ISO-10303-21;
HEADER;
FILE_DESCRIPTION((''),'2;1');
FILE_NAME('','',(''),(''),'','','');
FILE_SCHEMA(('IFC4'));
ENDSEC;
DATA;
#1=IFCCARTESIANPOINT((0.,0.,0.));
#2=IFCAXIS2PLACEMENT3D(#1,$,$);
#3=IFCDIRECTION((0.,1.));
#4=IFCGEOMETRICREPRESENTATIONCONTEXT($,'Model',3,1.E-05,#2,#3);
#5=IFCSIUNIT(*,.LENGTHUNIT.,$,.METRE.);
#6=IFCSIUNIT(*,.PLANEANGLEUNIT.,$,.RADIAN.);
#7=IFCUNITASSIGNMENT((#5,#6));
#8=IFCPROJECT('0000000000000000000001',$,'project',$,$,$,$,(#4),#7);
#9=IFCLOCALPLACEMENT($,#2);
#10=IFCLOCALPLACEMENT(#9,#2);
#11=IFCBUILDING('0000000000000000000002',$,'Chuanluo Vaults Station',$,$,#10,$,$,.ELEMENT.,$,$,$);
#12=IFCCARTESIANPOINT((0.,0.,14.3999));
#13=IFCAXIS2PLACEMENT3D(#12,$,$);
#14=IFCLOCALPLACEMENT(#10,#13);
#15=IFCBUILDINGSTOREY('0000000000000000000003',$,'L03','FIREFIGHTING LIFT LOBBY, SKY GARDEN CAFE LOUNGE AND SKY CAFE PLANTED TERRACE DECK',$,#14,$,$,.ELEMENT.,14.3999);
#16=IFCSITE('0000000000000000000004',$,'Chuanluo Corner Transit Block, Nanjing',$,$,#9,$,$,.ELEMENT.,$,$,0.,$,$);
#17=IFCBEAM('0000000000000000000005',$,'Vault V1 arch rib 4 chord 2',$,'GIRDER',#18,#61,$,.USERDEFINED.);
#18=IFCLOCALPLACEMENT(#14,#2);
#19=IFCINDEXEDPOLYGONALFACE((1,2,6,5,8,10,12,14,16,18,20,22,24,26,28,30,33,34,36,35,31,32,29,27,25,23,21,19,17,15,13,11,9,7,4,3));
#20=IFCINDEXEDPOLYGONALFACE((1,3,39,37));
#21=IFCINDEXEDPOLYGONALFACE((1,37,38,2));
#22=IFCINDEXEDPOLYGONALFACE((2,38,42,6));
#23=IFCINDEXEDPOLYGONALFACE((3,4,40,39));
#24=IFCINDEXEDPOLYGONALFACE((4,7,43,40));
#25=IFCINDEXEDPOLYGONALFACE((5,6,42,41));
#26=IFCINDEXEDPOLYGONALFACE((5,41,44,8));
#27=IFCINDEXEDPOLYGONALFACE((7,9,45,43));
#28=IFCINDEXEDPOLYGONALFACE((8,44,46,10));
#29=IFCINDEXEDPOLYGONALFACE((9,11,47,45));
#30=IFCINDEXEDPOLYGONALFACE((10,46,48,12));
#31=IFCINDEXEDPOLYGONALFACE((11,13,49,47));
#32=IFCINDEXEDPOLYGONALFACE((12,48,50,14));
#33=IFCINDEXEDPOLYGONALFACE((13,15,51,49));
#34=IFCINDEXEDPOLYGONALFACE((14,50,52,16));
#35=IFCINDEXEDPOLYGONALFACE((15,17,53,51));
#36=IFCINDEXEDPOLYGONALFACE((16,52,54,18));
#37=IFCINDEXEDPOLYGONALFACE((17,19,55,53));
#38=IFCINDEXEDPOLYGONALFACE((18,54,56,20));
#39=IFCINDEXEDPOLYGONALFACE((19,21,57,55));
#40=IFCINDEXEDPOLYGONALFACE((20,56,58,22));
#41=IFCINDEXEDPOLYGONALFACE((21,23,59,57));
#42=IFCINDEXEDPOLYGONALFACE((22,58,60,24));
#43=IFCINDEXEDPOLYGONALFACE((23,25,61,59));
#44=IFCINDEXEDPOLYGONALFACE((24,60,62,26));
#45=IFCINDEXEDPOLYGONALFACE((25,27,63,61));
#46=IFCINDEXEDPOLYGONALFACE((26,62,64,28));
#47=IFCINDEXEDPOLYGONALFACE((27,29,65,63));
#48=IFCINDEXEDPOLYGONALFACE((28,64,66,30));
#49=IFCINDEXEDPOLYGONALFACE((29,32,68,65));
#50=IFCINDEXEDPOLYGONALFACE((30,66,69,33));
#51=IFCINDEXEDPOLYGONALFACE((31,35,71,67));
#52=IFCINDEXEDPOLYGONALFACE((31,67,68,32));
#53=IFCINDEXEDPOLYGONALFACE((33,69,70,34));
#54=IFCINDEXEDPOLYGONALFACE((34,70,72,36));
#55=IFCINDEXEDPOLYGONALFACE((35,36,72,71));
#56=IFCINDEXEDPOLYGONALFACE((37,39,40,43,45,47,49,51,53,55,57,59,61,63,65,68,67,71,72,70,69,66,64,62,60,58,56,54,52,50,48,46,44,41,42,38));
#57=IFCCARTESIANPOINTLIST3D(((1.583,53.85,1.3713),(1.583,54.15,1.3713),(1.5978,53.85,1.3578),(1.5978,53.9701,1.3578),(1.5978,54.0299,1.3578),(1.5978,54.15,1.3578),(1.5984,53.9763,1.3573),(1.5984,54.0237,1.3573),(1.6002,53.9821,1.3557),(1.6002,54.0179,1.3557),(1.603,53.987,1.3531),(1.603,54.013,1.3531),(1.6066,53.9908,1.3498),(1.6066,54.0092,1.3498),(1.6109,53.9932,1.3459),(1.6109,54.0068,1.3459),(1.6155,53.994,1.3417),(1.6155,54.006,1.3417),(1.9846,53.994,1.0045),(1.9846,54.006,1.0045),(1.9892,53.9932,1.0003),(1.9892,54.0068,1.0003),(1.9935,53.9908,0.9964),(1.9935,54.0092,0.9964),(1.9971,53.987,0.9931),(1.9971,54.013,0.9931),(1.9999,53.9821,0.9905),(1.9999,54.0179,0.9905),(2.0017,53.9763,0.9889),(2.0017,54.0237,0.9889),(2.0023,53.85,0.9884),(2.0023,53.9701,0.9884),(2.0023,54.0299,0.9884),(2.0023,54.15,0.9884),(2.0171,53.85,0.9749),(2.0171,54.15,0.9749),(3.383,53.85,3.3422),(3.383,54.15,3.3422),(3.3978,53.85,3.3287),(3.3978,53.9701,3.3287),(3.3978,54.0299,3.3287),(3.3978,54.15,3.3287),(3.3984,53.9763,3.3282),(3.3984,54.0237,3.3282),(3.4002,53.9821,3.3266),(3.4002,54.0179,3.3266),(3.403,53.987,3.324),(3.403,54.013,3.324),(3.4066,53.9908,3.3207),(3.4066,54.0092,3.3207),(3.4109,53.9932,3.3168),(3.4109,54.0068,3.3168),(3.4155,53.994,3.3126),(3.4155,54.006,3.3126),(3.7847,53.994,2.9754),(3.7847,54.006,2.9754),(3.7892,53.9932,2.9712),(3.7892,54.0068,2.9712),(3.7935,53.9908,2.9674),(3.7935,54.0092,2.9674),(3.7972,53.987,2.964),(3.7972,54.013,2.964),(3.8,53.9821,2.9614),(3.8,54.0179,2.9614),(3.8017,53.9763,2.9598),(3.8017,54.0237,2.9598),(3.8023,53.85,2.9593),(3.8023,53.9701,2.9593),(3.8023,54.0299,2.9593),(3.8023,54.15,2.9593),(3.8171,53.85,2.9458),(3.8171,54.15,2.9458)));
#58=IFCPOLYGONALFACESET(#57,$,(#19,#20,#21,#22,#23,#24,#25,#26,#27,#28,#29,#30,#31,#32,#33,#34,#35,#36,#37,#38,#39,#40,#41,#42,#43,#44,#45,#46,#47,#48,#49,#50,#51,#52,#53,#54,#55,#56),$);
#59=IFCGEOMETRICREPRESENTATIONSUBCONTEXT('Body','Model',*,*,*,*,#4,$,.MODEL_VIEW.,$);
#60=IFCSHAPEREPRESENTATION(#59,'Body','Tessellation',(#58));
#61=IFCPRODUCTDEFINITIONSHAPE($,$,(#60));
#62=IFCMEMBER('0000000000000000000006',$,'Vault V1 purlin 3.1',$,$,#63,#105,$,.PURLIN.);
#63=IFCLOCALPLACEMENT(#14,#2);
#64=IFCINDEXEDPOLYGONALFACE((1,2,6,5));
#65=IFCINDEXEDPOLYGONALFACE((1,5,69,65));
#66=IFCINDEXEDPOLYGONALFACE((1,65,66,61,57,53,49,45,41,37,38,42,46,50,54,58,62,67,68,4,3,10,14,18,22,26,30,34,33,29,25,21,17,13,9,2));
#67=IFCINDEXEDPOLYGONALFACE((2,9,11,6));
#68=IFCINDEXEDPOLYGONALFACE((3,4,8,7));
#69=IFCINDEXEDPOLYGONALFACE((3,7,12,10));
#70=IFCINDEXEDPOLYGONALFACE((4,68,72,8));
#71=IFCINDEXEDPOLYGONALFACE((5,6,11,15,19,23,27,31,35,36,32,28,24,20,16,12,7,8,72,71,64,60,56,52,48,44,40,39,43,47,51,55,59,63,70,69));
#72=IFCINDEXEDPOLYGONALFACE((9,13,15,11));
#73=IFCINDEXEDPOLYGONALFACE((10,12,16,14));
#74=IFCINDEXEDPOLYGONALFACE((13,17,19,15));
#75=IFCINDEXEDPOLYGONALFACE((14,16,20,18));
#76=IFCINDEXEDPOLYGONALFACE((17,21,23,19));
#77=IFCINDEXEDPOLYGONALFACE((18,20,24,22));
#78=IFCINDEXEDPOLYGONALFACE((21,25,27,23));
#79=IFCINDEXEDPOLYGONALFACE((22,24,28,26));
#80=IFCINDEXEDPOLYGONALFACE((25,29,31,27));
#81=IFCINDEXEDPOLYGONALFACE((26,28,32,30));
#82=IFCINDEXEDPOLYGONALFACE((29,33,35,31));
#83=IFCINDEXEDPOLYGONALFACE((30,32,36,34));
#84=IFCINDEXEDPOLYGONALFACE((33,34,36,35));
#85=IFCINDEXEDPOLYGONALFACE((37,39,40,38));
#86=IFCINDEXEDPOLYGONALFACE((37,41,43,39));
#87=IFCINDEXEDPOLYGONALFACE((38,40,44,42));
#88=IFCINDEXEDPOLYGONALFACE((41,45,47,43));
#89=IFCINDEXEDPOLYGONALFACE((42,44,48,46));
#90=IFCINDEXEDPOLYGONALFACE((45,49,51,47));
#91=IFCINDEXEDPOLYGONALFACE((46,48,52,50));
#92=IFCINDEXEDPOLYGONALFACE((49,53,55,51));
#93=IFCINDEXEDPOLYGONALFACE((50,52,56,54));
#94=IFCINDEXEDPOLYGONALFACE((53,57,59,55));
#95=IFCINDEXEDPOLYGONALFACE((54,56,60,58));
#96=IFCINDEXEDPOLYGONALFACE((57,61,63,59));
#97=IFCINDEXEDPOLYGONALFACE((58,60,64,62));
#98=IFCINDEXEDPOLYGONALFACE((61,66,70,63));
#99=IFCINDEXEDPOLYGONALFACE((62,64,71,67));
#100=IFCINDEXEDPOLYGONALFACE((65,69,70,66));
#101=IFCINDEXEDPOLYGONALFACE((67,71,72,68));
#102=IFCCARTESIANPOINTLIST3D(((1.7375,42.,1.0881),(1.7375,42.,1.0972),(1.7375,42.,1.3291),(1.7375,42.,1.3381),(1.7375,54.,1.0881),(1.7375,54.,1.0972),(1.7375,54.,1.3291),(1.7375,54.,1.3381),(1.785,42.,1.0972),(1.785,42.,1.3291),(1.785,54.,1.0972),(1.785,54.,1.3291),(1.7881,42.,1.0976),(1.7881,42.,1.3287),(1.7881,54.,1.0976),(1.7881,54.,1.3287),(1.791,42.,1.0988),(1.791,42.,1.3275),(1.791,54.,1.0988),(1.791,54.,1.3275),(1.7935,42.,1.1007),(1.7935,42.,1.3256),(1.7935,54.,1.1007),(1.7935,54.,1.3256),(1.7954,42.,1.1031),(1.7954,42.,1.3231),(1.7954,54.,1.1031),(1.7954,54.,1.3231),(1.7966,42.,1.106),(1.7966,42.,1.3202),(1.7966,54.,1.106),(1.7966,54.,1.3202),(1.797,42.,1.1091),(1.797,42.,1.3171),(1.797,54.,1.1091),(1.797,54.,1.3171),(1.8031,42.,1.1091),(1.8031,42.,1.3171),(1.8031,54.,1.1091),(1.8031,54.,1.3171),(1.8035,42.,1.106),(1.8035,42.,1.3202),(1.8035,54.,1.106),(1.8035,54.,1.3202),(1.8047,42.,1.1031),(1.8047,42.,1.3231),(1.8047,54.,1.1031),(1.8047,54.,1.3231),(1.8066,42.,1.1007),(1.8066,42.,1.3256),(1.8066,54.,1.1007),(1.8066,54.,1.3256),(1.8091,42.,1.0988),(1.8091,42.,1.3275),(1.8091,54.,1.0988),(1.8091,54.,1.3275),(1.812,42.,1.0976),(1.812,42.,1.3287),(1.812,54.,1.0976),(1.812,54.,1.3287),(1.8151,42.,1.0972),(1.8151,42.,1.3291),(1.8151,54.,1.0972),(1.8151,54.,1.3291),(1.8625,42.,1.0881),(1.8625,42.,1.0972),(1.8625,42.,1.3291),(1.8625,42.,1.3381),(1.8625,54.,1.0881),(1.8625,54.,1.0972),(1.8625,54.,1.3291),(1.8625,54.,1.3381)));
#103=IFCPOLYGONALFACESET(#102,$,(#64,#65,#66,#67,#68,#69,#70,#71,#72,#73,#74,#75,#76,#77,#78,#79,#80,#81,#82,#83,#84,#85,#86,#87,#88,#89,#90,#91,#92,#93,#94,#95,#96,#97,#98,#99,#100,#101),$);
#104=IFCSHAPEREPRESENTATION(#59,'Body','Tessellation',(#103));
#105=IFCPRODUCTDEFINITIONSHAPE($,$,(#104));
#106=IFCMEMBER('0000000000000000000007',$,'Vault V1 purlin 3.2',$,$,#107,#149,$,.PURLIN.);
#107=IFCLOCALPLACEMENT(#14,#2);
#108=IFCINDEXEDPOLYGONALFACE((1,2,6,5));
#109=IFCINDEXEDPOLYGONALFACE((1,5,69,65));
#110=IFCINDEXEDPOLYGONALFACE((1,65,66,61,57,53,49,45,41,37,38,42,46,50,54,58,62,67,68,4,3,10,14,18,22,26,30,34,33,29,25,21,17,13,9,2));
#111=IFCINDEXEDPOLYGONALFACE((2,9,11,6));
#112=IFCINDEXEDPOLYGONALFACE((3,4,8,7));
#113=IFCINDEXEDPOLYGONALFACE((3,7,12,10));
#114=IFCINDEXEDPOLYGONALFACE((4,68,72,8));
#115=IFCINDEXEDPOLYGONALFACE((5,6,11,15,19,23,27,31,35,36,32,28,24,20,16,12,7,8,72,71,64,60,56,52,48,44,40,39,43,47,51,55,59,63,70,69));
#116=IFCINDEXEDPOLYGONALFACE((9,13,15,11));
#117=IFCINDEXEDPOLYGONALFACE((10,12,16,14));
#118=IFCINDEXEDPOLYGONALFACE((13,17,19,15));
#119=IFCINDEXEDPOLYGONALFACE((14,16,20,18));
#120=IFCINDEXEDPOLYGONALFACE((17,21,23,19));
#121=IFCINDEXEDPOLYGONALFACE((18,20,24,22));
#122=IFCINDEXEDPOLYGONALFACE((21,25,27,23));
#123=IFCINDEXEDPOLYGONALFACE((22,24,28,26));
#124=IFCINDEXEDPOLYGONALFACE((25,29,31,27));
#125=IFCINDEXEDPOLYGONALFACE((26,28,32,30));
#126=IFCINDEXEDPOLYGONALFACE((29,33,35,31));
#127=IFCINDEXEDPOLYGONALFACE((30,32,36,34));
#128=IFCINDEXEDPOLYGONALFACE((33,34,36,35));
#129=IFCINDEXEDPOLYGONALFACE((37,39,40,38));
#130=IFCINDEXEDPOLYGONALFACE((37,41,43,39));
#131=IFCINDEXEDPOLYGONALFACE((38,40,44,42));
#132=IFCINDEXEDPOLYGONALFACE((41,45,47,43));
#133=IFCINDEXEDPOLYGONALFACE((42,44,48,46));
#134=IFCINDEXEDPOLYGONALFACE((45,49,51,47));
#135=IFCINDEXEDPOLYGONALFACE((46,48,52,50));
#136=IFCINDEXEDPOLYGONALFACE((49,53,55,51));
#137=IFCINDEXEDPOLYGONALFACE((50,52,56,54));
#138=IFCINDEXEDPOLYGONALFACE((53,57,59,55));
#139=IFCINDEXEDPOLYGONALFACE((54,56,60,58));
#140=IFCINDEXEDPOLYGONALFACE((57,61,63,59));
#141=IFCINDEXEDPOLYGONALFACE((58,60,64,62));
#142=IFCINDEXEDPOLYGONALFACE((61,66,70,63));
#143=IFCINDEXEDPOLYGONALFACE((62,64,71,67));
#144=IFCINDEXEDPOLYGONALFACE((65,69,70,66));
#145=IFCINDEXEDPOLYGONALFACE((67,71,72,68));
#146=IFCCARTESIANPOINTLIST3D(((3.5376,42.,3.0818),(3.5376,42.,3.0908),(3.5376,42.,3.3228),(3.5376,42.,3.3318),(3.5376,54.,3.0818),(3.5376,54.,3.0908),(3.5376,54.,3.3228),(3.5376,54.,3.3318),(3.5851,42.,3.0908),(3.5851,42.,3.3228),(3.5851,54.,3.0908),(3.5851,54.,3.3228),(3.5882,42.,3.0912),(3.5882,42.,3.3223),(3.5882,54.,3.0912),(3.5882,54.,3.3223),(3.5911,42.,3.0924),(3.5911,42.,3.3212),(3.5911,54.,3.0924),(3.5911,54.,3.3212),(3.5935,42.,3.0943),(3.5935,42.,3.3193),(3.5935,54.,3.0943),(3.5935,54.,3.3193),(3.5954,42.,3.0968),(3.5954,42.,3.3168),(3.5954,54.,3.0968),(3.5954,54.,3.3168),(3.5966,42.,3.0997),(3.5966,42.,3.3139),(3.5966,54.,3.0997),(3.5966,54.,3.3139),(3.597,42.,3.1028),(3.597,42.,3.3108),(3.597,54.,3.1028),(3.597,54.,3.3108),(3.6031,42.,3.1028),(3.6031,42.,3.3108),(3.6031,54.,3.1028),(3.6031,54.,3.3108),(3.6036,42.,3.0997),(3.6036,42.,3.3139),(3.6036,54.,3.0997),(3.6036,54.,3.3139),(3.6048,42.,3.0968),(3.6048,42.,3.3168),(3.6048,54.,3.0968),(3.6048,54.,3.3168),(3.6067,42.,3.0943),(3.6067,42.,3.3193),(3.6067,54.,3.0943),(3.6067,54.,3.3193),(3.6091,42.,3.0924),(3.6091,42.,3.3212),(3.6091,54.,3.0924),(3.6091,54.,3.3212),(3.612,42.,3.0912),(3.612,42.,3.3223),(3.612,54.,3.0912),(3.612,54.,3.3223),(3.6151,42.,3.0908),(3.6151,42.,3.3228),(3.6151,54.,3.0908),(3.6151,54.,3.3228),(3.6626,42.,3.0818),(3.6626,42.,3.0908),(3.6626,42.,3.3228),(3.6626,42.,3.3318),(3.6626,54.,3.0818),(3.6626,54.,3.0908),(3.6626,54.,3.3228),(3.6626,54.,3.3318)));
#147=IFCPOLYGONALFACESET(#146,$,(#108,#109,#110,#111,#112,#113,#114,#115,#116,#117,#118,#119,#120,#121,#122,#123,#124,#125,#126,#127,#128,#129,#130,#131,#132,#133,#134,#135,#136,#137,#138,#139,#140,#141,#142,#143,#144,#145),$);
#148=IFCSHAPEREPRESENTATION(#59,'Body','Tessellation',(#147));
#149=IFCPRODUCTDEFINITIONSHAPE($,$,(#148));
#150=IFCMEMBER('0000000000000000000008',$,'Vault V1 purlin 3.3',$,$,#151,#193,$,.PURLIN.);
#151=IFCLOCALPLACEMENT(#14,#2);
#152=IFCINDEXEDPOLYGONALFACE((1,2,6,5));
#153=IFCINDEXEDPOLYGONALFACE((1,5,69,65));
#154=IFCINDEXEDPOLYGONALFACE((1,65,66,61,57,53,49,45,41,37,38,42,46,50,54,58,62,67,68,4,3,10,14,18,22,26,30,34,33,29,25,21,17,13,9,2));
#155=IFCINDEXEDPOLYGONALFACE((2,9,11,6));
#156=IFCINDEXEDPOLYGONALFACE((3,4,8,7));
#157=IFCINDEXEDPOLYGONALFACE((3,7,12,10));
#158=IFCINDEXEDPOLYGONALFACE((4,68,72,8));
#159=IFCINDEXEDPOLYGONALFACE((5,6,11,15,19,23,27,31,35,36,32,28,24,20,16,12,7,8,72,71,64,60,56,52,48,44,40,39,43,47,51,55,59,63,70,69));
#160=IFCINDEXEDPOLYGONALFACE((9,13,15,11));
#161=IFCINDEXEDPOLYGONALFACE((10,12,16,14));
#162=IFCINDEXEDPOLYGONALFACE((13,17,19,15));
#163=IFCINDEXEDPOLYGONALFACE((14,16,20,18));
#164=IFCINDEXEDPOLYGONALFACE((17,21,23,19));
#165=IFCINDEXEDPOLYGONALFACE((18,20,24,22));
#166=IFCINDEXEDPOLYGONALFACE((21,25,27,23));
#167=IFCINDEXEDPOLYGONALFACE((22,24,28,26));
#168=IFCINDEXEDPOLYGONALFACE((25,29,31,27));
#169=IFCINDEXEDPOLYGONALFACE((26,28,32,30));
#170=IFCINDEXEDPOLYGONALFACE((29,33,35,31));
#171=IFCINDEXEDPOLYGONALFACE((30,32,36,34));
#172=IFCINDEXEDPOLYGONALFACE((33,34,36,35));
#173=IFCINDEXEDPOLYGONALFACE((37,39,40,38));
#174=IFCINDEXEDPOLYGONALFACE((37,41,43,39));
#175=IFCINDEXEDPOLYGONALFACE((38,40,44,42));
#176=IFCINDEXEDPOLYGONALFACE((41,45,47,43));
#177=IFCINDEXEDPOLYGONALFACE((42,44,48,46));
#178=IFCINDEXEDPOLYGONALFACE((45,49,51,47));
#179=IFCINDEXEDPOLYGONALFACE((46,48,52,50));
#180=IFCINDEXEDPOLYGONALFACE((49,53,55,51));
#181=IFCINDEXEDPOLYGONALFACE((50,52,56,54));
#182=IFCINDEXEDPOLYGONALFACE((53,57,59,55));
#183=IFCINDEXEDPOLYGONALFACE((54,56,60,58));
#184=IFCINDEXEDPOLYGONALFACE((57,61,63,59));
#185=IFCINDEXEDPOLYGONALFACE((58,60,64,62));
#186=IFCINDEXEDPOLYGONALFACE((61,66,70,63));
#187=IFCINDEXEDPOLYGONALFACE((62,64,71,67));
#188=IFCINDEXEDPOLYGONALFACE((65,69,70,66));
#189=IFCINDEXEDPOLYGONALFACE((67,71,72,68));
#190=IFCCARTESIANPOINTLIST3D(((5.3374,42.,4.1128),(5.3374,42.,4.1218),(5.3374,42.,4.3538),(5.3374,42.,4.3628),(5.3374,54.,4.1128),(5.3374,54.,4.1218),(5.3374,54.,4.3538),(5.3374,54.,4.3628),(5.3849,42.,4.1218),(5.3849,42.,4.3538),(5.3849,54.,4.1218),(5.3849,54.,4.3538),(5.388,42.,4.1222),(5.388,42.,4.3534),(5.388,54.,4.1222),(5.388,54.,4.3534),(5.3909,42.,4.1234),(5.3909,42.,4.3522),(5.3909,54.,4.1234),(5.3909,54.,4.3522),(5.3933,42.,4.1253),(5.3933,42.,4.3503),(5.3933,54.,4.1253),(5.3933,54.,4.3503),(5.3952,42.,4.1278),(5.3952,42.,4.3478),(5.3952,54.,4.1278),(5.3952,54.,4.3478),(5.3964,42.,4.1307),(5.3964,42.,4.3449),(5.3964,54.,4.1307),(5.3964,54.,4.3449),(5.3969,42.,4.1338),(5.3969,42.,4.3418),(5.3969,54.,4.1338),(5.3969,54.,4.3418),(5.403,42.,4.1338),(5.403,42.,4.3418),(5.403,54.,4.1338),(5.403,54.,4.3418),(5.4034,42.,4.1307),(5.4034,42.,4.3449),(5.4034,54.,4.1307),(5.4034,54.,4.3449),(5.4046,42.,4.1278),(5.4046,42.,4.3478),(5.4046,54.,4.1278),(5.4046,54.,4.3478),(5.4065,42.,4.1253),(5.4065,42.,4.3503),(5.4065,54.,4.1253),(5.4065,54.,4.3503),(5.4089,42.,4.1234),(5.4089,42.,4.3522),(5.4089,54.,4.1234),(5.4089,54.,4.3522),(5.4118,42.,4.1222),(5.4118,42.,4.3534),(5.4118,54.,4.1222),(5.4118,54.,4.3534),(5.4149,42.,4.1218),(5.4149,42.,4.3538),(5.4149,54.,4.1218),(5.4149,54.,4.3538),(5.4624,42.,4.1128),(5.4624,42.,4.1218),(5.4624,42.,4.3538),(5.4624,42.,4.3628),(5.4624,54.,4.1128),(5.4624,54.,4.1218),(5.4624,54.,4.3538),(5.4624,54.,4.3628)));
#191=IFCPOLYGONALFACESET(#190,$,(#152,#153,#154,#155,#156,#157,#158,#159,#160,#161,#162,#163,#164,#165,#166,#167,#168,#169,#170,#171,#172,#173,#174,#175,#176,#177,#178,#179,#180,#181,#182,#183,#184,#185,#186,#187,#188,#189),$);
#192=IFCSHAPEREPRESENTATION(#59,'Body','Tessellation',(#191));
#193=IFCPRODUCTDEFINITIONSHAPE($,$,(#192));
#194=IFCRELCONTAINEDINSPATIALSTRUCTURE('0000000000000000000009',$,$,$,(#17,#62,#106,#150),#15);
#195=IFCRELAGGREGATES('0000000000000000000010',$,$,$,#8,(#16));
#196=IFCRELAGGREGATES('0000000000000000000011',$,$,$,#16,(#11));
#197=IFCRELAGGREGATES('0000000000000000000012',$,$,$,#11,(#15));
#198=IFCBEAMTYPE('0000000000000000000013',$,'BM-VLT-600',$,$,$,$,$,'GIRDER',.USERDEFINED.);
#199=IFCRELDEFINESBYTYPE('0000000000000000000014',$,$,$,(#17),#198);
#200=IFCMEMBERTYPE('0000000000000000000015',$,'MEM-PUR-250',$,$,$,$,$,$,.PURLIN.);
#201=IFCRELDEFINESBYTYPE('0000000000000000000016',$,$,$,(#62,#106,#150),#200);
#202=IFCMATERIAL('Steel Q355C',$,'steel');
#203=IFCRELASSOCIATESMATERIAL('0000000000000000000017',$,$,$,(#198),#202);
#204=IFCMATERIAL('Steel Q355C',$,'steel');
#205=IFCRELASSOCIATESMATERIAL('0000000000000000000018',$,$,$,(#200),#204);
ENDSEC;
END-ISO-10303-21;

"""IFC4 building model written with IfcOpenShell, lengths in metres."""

from ifc_helpers import new_model, si_unit, direction, frame, origin, origin_2d, place, context, subcontext, project, spatial, i_section, extrude, material, material_profile, profile_set, type_object, element, save


model = new_model("IFC4")

# Units and contexts
model_context = context("Model", 3, precision=1e-05, world=origin(), true_north=direction((0.0, 1.0)))
body_context = subcontext(model_context, "Body", "Model", "MODEL_VIEW")
ifc_project = project(units=[si_unit("LENGTHUNIT", "METRE"), si_unit("PLANEANGLEUNIT", "RADIAN")], contexts=[model_context])

# Site, building, storey
site_placement = place(None, origin())
site = spatial("IfcSite", under=ifc_project, at=site_placement, Name="Chuanluo Corner Transit Block, Nanjing", CompositionType="ELEMENT", RefElevation=0.0)
building_placement = place(site_placement, origin())
building = spatial("IfcBuilding", under=site, at=building_placement, Name="Chuanluo Vaults Station", CompositionType="ELEMENT")
storey_placement = place(building_placement, frame((0.0, 0.0, 14.3999)))
storey = spatial("IfcBuildingStorey", under=building, at=storey_placement, Name="L03", Description="FIREFIGHTING LIFT LOBBY, SKY GARDEN CAFE LOUNGE AND SKY CAFE PLANTED TERRACE DECK", CompositionType="ELEMENT", Elevation=14.3999)

# Beam
ifc_material_1 = material(Name="Steel Q355C", Category="steel")
ifc_material_profile_1 = material_profile(ifc_material_1, i_section(OverallWidth=0.3, OverallDepth=0.5879, WebThickness=0.012, FlangeThickness=0.02, FilletRadius=0.0239, at=origin_2d()))
ifc_profile_set_1 = profile_set([ifc_material_profile_1], Name="Steel Q355C")
beam_type_1 = type_object("IfcBeamType", Name="BM-VLT-600", ElementType="GIRDER", PredefinedType="USERDEFINED", material=ifc_profile_set_1)
beam_1_placement = place(storey_placement, frame((1.8, 54.0, 1.1731), z_axis=(0.674369, 0.0, 0.738394), x_axis=(0.0, 1.0, 0.0)))
element("IfcBeam", 1, at=beam_1_placement, inside=storey, type_object=beam_type_1, Name="Vault V1 arch rib 4 chord 2", ObjectType="GIRDER", PredefinedType="USERDEFINED", context=body_context, shape_type="SweptSolid", body=[
    extrude(i_section(OverallWidth=0.3, OverallDepth=0.5879, WebThickness=0.012, FlangeThickness=0.02, FilletRadius=0.0239, at=origin_2d()), origin(), (0.0, 0.0, 1.0), 2.6692),
])

# Members
ifc_material_2 = material(Name="Steel Q355C", Category="steel")
ifc_material_profile_2 = material_profile(ifc_material_2, i_section(OverallWidth=0.125, OverallDepth=0.25, WebThickness=0.0061, FlangeThickness=0.009, FilletRadius=0.012, at=origin_2d()))
ifc_profile_set_2 = profile_set([ifc_material_profile_2], Name="Steel Q355C")
member_type_1 = type_object("IfcMemberType", Name="MEM-PUR-250", PredefinedType="PURLIN", material=ifc_profile_set_2)
for number, where, z_axis, x_axis, name in (
    (2, (1.8, 42.0, 1.2131), (0.0, 1.0, 0.0), (-1.0, 0.0, 0.0), "Vault V1 purlin 3.1"),
    (3, (3.6001, 42.0, 3.2068), (0.0, 1.0, 0.0), (-1.0, 0.0, 0.0), "Vault V1 purlin 3.2"),
    (4, (5.3999, 42.0, 4.2378), (0.0, 1.0, 0.0), (-1.0, 0.0, 0.0), "Vault V1 purlin 3.3"),
):
    element("IfcMember", number, at=place(storey_placement, frame(where, z_axis=z_axis, x_axis=x_axis)), inside=storey, type_object=member_type_1, Name=name, PredefinedType="PURLIN", context=body_context, shape_type="SweptSolid", body=[
        extrude(i_section(OverallWidth=0.125, OverallDepth=0.25, WebThickness=0.0061, FlangeThickness=0.009, FilletRadius=0.012, at=origin_2d()), origin(), (0.0, 0.0, 1.0), 12.0),
    ])

save(model, "model.ifc")
